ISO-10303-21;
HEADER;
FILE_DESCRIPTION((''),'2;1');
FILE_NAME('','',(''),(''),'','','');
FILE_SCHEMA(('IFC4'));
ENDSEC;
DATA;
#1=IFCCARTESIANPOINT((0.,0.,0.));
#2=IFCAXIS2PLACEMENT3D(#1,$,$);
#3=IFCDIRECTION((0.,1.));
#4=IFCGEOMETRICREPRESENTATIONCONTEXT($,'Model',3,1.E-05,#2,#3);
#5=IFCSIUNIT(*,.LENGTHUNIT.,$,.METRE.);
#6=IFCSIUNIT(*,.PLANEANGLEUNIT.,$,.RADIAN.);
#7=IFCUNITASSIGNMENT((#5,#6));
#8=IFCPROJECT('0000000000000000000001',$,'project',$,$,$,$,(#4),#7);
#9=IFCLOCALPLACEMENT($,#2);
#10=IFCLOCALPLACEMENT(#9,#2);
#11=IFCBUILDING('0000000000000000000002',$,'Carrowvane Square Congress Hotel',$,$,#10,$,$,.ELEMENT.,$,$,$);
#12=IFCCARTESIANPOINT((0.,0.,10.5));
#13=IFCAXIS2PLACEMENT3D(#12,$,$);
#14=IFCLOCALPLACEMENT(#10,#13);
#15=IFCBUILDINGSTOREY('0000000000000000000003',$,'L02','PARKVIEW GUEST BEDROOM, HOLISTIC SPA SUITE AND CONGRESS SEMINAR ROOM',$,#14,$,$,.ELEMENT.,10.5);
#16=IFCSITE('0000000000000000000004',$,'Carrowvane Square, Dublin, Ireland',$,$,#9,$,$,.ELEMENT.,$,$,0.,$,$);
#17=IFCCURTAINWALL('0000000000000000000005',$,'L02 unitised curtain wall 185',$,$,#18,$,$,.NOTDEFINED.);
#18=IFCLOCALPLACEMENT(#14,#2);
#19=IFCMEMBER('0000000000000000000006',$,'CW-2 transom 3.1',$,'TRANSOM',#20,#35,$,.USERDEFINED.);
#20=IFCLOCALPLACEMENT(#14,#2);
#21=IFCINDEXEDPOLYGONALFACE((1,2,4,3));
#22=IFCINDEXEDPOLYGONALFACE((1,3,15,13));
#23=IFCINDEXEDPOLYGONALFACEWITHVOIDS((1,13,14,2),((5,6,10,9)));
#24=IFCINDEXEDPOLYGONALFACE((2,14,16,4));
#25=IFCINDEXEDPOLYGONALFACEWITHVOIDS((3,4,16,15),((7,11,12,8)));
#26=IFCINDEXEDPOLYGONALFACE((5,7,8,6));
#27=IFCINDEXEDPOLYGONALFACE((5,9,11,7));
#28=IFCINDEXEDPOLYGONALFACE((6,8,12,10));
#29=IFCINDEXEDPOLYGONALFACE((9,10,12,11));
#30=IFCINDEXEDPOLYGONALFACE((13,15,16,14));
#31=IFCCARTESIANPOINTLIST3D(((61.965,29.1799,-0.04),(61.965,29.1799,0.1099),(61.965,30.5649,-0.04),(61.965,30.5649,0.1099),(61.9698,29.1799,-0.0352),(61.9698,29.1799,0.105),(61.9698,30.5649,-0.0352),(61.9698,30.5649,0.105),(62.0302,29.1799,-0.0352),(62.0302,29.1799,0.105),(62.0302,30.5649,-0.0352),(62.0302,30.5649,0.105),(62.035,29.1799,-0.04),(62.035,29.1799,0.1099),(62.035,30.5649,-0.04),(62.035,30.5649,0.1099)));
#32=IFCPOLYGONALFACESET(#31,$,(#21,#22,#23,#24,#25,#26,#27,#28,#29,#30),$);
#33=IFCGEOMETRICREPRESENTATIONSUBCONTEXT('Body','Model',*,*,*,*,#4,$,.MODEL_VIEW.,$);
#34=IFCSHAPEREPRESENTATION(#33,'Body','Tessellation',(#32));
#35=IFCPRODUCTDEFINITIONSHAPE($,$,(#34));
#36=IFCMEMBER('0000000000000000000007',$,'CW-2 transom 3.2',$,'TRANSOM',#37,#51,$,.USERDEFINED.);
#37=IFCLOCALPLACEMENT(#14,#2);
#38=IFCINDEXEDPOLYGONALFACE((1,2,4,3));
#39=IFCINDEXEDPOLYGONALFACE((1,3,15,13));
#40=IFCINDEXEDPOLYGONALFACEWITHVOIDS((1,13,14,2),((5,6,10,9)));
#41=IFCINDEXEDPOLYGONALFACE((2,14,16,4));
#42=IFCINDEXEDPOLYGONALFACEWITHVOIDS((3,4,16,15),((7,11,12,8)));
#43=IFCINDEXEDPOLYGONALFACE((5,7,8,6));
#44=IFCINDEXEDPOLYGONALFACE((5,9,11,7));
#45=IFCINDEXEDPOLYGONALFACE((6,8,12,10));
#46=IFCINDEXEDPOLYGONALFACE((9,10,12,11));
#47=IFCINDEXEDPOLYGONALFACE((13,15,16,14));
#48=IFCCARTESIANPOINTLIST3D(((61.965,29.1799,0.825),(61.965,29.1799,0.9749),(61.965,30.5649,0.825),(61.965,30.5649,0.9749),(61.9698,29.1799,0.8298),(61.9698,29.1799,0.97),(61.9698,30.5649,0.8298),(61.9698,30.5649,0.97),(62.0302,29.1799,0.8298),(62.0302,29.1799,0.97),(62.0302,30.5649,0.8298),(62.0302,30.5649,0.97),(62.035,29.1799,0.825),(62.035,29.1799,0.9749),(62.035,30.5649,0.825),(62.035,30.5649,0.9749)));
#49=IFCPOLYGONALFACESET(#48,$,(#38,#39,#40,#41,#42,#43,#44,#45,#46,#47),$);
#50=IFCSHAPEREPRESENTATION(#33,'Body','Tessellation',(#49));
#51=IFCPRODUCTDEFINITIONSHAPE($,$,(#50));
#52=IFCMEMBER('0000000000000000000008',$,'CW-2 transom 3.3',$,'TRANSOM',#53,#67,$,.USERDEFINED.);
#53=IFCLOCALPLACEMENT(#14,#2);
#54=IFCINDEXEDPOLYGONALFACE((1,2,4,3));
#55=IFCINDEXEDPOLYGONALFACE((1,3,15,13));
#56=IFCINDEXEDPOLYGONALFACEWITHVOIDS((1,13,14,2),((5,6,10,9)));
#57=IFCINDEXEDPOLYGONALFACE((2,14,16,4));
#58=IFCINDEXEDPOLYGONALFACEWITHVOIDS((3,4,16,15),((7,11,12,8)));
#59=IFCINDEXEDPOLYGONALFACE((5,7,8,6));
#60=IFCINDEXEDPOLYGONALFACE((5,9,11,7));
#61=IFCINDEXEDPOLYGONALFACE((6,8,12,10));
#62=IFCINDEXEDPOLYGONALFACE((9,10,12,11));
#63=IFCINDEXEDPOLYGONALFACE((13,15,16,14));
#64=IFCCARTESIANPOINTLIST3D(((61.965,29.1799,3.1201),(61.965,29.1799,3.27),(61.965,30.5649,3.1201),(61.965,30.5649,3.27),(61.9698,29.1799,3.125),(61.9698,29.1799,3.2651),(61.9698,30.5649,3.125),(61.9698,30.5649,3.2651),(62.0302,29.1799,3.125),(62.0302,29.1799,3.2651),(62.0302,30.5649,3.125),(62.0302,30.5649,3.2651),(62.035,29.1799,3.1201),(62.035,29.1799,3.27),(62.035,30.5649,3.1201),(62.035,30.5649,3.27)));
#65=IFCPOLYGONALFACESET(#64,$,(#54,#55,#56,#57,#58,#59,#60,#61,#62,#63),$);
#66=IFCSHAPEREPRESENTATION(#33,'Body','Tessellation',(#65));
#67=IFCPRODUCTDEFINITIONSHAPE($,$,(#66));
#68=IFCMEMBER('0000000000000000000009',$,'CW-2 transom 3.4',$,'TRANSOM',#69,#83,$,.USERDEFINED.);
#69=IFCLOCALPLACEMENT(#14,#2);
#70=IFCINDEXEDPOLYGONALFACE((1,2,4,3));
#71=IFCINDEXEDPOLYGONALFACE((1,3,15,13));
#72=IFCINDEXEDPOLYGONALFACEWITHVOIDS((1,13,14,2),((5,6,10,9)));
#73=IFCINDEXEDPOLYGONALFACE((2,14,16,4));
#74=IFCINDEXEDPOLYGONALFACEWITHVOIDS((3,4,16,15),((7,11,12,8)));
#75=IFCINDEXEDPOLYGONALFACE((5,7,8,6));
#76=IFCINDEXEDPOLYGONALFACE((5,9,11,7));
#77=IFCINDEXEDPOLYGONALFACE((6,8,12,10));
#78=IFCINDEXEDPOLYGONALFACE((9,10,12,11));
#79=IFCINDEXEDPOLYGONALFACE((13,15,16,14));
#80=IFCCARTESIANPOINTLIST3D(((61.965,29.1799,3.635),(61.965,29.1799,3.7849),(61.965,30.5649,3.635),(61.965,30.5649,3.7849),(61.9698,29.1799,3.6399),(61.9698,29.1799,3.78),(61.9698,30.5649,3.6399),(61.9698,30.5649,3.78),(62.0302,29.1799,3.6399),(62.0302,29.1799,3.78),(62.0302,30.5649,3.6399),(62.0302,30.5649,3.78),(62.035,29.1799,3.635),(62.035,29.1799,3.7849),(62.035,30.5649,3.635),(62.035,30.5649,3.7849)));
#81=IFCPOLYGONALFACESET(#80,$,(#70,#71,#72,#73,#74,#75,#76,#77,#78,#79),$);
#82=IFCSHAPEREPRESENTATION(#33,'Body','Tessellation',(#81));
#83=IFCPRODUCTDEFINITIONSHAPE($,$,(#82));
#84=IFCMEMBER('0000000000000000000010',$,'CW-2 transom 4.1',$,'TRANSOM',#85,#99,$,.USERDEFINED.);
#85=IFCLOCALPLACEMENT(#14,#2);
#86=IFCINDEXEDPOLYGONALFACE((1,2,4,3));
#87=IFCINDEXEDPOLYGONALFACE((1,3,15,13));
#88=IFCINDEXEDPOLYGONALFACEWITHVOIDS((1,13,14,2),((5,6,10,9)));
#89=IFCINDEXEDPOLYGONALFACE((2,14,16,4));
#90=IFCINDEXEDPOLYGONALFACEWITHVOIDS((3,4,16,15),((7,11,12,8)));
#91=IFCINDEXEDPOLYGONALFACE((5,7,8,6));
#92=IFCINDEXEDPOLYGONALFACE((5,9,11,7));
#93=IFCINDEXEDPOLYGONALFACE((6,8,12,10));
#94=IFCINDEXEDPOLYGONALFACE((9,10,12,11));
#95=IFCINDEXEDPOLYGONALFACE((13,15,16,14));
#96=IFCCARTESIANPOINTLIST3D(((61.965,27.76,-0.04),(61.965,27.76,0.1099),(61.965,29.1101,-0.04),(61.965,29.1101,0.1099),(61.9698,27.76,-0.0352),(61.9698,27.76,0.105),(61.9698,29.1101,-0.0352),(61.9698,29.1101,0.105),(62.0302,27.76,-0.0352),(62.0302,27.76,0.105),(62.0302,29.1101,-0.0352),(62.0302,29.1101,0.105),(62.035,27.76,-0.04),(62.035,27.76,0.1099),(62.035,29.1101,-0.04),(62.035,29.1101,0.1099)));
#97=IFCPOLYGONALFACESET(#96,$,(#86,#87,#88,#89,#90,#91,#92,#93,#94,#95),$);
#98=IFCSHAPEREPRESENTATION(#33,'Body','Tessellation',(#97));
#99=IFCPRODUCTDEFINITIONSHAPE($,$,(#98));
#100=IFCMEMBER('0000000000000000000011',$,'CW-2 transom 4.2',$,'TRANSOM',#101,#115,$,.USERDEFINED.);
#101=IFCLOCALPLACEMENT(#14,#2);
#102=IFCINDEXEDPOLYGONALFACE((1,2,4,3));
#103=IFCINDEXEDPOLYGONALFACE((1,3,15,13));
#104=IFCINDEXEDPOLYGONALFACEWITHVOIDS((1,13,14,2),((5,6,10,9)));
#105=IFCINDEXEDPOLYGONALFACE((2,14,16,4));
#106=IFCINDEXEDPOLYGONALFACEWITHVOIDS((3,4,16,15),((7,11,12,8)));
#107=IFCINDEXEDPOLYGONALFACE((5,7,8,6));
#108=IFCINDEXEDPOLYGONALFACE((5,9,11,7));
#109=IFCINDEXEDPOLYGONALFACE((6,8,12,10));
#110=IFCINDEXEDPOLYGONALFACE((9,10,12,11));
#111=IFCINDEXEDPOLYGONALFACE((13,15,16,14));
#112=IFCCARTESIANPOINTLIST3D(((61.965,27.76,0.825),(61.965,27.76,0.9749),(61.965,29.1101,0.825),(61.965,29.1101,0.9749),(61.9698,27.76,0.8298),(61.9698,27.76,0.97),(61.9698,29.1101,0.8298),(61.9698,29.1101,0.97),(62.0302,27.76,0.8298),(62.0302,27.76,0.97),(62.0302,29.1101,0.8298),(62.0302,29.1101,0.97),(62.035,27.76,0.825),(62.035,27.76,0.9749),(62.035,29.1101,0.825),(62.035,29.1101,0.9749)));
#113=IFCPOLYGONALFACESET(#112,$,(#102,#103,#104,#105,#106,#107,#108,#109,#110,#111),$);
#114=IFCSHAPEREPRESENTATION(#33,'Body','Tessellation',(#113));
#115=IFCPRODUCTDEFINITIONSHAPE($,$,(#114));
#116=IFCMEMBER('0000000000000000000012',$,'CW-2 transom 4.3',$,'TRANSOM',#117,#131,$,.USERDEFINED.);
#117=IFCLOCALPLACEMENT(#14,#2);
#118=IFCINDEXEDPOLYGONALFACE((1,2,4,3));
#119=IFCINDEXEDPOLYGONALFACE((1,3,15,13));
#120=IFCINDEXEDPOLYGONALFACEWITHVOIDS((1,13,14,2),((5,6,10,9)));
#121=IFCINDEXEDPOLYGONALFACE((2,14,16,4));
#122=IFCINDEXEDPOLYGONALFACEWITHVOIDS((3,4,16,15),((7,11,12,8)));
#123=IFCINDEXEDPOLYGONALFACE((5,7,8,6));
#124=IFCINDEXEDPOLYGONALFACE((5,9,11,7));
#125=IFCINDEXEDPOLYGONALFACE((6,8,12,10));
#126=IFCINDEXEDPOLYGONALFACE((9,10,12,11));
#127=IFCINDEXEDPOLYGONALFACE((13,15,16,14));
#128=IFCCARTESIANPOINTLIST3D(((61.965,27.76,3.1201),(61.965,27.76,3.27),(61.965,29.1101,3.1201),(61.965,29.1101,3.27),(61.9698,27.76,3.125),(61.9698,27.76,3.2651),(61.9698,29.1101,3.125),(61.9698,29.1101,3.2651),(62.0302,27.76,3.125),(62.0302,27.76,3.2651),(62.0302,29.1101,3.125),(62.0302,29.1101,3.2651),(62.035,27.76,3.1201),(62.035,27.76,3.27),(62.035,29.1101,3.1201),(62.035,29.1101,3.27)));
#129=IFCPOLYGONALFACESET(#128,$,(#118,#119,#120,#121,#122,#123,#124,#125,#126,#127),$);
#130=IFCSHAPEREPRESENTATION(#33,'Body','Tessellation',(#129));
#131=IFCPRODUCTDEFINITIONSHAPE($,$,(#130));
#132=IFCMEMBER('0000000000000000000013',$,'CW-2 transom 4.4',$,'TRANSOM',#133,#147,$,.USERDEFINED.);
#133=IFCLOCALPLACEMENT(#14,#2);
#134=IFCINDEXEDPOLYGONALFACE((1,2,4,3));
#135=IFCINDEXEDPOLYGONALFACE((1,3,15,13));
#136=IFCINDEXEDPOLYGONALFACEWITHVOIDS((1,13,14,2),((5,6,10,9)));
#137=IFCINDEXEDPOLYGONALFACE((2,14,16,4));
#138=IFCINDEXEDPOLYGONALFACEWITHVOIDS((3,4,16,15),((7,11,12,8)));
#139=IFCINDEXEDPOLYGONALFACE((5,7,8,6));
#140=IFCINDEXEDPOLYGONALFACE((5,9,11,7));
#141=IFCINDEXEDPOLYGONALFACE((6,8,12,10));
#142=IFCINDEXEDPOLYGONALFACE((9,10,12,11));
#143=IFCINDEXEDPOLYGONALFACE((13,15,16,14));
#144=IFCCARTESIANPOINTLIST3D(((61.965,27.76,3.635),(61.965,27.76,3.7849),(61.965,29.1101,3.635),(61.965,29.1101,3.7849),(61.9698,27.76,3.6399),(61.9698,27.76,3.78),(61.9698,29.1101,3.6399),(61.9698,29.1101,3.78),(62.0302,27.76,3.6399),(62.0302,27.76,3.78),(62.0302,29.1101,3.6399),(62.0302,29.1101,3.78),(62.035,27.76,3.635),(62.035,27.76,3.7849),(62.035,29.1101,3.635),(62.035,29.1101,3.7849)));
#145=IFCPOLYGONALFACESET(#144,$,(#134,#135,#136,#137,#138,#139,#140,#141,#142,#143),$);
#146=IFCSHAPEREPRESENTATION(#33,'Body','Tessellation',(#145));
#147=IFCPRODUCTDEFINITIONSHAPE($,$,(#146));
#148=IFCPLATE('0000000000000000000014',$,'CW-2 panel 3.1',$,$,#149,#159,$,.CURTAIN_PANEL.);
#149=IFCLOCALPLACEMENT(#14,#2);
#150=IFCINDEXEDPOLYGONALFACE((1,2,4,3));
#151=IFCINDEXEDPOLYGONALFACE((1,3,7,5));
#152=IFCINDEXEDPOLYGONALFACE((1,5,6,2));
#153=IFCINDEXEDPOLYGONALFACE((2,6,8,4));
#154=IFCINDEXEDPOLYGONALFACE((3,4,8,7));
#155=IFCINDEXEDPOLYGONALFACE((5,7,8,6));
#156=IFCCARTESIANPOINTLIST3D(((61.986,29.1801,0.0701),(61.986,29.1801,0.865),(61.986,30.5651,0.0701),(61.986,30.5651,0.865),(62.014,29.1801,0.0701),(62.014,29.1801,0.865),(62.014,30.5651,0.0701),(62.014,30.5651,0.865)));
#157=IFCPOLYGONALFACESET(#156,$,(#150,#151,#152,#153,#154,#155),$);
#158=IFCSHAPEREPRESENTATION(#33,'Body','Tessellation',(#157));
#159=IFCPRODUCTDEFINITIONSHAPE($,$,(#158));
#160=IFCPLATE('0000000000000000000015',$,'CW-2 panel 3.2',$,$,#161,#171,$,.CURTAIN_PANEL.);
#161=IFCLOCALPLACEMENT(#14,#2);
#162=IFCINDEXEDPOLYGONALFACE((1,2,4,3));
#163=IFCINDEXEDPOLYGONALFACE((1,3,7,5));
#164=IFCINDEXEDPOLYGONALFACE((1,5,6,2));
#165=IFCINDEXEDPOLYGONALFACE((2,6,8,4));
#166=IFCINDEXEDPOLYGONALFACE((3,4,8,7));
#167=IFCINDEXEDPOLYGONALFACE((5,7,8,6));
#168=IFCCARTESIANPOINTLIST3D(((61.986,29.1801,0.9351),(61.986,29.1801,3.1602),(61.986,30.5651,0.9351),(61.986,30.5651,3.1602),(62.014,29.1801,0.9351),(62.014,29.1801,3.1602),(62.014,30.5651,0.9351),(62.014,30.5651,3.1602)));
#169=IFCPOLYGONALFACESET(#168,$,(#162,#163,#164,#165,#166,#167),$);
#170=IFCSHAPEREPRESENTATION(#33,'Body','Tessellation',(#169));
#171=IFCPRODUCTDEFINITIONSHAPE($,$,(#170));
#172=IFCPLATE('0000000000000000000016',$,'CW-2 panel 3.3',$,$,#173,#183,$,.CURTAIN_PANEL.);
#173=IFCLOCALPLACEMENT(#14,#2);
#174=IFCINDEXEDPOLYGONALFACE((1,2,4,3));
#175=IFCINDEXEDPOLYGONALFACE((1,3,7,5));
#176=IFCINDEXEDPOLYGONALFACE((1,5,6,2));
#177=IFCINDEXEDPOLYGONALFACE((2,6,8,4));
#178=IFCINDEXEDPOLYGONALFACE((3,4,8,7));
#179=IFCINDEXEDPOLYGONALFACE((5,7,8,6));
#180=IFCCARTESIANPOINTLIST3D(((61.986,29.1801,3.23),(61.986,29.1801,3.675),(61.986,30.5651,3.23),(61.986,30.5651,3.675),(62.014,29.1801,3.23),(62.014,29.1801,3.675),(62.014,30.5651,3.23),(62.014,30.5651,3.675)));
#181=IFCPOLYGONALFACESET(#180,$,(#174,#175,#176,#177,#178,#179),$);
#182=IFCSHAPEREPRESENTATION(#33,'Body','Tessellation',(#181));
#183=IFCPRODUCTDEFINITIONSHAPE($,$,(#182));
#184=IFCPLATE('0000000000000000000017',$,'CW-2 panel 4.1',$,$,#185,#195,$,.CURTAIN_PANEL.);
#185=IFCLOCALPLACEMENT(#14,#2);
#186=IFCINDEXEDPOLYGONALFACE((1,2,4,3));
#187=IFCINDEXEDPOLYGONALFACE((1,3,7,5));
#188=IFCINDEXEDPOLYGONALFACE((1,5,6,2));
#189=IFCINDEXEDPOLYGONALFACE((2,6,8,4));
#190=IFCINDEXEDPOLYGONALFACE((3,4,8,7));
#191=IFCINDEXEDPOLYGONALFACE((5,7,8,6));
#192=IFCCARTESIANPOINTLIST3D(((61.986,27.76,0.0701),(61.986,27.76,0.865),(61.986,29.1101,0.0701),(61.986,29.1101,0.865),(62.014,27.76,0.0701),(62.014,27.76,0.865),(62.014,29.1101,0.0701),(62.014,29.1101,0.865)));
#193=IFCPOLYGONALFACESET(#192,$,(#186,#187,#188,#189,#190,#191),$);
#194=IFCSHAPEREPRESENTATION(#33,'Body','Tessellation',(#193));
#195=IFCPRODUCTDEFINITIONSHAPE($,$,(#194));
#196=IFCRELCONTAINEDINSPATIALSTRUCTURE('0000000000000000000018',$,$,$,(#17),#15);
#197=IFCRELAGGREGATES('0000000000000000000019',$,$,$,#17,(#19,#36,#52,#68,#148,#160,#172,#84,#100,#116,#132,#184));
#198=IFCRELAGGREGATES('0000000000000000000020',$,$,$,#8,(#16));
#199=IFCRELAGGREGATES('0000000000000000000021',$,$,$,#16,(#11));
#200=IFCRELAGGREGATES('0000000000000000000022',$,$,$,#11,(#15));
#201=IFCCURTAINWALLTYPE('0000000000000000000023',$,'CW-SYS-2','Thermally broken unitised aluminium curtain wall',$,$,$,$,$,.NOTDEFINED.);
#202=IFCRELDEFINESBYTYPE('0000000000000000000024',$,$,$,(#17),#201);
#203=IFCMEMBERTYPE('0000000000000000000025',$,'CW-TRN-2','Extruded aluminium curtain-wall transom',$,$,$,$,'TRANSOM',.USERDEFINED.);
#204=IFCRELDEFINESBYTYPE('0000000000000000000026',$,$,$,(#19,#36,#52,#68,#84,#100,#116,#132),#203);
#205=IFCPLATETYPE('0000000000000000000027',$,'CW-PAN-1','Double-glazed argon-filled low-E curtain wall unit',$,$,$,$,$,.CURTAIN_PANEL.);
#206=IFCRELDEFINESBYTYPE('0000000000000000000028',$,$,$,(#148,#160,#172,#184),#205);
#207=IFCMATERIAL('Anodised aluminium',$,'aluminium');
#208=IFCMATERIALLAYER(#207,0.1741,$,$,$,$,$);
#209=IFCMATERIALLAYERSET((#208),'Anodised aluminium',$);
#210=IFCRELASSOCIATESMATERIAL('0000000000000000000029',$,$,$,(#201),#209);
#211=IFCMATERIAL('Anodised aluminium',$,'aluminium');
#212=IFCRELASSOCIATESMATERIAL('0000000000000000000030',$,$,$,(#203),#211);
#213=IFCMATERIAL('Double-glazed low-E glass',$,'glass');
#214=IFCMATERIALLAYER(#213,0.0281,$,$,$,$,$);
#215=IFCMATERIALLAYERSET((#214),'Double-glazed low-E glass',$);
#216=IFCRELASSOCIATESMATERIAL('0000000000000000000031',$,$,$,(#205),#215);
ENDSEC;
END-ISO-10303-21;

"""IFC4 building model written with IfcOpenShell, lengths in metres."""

from ifc_helpers import new_model, si_unit, direction, frame, origin, origin_2d, place, context, subcontext, project, spatial, rectangle, hollow_rectangle, extrude, material, layer, layer_set, material_profile, profile_set, type_object, element, aggregate, save


model = new_model("IFC4")

# Units and contexts
model_context = context("Model", 3, precision=1e-05, world=origin(), true_north=direction((0.0, 1.0)))
body_context = subcontext(model_context, "Body", "Model", "MODEL_VIEW")
ifc_project = project(units=[si_unit("LENGTHUNIT", "METRE"), si_unit("PLANEANGLEUNIT", "RADIAN")], contexts=[model_context])

# Site, building, storey
site_placement = place(None, origin())
site = spatial("IfcSite", under=ifc_project, at=site_placement, Name="Carrowvane Square, Dublin, Ireland", CompositionType="ELEMENT", RefElevation=0.0)
building_placement = place(site_placement, origin())
building = spatial("IfcBuilding", under=site, at=building_placement, Name="Carrowvane Square Congress Hotel", CompositionType="ELEMENT")
storey_placement = place(building_placement, frame((0.0, 0.0, 10.5)))
storey = spatial("IfcBuildingStorey", under=building, at=storey_placement, Name="L02", Description="PARKVIEW GUEST BEDROOM, HOLISTIC SPA SUITE AND CONGRESS SEMINAR ROOM", CompositionType="ELEMENT", Elevation=10.5)

# Curtain wall
ifc_material_1 = material(Name="Anodised aluminium", Category="aluminium")
ifc_layer_1 = layer(ifc_material_1, 0.1741)
ifc_layer_set_1 = layer_set([ifc_layer_1], Name="Anodised aluminium")
curtain_wall_type_1 = type_object("IfcCurtainWallType", Name="CW-SYS-2", Description="Thermally broken unitised aluminium curtain wall", PredefinedType="NOTDEFINED", material=ifc_layer_set_1)
curtain_wall_1_placement = place(storey_placement, origin())
curtain_wall_1 = element("IfcCurtainWall", 1, at=curtain_wall_1_placement, inside=storey, type_object=curtain_wall_type_1, Name="L02 unitised curtain wall 185", PredefinedType="NOTDEFINED")

# Members
ifc_material_2 = material(Name="Anodised aluminium", Category="aluminium")
ifc_material_profile_1 = material_profile(ifc_material_2, hollow_rectangle(XDim=0.0701, YDim=0.1499, WallThickness=0.0049, at=origin_2d()), Name="CW-TR 70x150x5")
ifc_profile_set_1 = profile_set([ifc_material_profile_1], Name="Anodised aluminium")
member_type_1 = type_object("IfcMemberType", Name="CW-TRN-2", Description="Extruded aluminium curtain-wall transom", ElementType="TRANSOM", PredefinedType="USERDEFINED", material=ifc_profile_set_1)
member_1_placement = place(storey_placement, frame((62.0, 30.5649, 0.0349), z_axis=(0.0, -1.0, 0.0), x_axis=(1.0, 0.0, 0.0)))
member_1 = element("IfcMember", 2, at=member_1_placement, type_object=member_type_1, Name="CW-2 transom 3.1", ObjectType="TRANSOM", PredefinedType="USERDEFINED", context=body_context, shape_type="SweptSolid", body=[
    extrude(hollow_rectangle(XDim=0.0701, YDim=0.1499, WallThickness=0.0049, at=origin_2d()), origin(), (0.0, 0.0, 1.0), 1.385),
])
member_2_placement = place(storey_placement, frame((62.0, 30.5649, 0.8999), z_axis=(0.0, -1.0, 0.0), x_axis=(1.0, 0.0, 0.0)))
member_2 = element("IfcMember", 3, at=member_2_placement, type_object=member_type_1, Name="CW-2 transom 3.2", ObjectType="TRANSOM", PredefinedType="USERDEFINED", context=body_context, shape_type="SweptSolid", body=[
    extrude(hollow_rectangle(XDim=0.0701, YDim=0.1499, WallThickness=0.0049, at=origin_2d()), origin(), (0.0, 0.0, 1.0), 1.385),
])
member_3_placement = place(storey_placement, frame((62.0, 30.5649, 3.1951), z_axis=(0.0, -1.0, 0.0), x_axis=(1.0, 0.0, 0.0)))
member_3 = element("IfcMember", 4, at=member_3_placement, type_object=member_type_1, Name="CW-2 transom 3.3", ObjectType="TRANSOM", PredefinedType="USERDEFINED", context=body_context, shape_type="SweptSolid", body=[
    extrude(hollow_rectangle(XDim=0.0701, YDim=0.1499, WallThickness=0.0049, at=origin_2d()), origin(), (0.0, 0.0, 1.0), 1.385),
])
member_4_placement = place(storey_placement, frame((62.0, 30.5649, 3.71), z_axis=(0.0, -1.0, 0.0), x_axis=(1.0, 0.0, 0.0)))
member_4 = element("IfcMember", 5, at=member_4_placement, type_object=member_type_1, Name="CW-2 transom 3.4", ObjectType="TRANSOM", PredefinedType="USERDEFINED", context=body_context, shape_type="SweptSolid", body=[
    extrude(hollow_rectangle(XDim=0.0701, YDim=0.1499, WallThickness=0.0049, at=origin_2d()), origin(), (0.0, 0.0, 1.0), 1.385),
])
member_5_placement = place(storey_placement, frame((62.0, 29.1101, 0.0349), z_axis=(0.0, -1.0, 0.0), x_axis=(1.0, 0.0, 0.0)))
member_5 = element("IfcMember", 6, at=member_5_placement, type_object=member_type_1, Name="CW-2 transom 4.1", ObjectType="TRANSOM", PredefinedType="USERDEFINED", context=body_context, shape_type="SweptSolid", body=[
    extrude(hollow_rectangle(XDim=0.0701, YDim=0.1499, WallThickness=0.0049, at=origin_2d()), origin(), (0.0, 0.0, 1.0), 1.3501),
])
member_6_placement = place(storey_placement, frame((62.0, 29.1101, 0.8999), z_axis=(0.0, -1.0, 0.0), x_axis=(1.0, 0.0, 0.0)))
member_6 = element("IfcMember", 7, at=member_6_placement, type_object=member_type_1, Name="CW-2 transom 4.2", ObjectType="TRANSOM", PredefinedType="USERDEFINED", context=body_context, shape_type="SweptSolid", body=[
    extrude(hollow_rectangle(XDim=0.0701, YDim=0.1499, WallThickness=0.0049, at=origin_2d()), origin(), (0.0, 0.0, 1.0), 1.3501),
])
member_7_placement = place(storey_placement, frame((62.0, 29.1101, 3.1951), z_axis=(0.0, -1.0, 0.0), x_axis=(1.0, 0.0, 0.0)))
member_7 = element("IfcMember", 8, at=member_7_placement, type_object=member_type_1, Name="CW-2 transom 4.3", ObjectType="TRANSOM", PredefinedType="USERDEFINED", context=body_context, shape_type="SweptSolid", body=[
    extrude(hollow_rectangle(XDim=0.0701, YDim=0.1499, WallThickness=0.0049, at=origin_2d()), origin(), (0.0, 0.0, 1.0), 1.3501),
])
member_8_placement = place(storey_placement, frame((62.0, 29.1101, 3.71), z_axis=(0.0, -1.0, 0.0), x_axis=(1.0, 0.0, 0.0)))
member_8 = element("IfcMember", 9, at=member_8_placement, type_object=member_type_1, Name="CW-2 transom 4.4", ObjectType="TRANSOM", PredefinedType="USERDEFINED", context=body_context, shape_type="SweptSolid", body=[
    extrude(hollow_rectangle(XDim=0.0701, YDim=0.1499, WallThickness=0.0049, at=origin_2d()), origin(), (0.0, 0.0, 1.0), 1.3501),
])

# Plates
ifc_material_3 = material(Name="Double-glazed low-E glass", Category="glass")
ifc_layer_2 = layer(ifc_material_3, 0.0281)
ifc_layer_set_2 = layer_set([ifc_layer_2], Name="Double-glazed low-E glass")
plate_type = type_object("IfcPlateType", Name="CW-PAN-1", Description="Double-glazed argon-filled low-E curtain wall unit", PredefinedType="CURTAIN_PANEL", material=ifc_layer_set_2)
plate_1_placement = place(storey_placement, frame((62.0, 29.8726, 0.0701), z_axis=(0.0, 0.0, 1.0), x_axis=(0.0, -1.0, 0.0)))
plate_1 = element("IfcPlate", 10, at=plate_1_placement, type_object=plate_type, Name="CW-2 panel 3.1", PredefinedType="CURTAIN_PANEL", context=body_context, shape_type="SweptSolid", body=[
    extrude(rectangle(XDim=1.385, YDim=0.0281, at=origin_2d()), origin(), (0.0, 0.0, 1.0), 0.7949),
])
plate_2_placement = place(storey_placement, frame((62.0, 29.8726, 0.9351), z_axis=(0.0, 0.0, 1.0), x_axis=(0.0, -1.0, 0.0)))
plate_2 = element("IfcPlate", 11, at=plate_2_placement, type_object=plate_type, Name="CW-2 panel 3.2", PredefinedType="CURTAIN_PANEL", context=body_context, shape_type="SweptSolid", body=[
    extrude(rectangle(XDim=1.385, YDim=0.0281, at=origin_2d()), origin(), (0.0, 0.0, 1.0), 2.2251),
])
plate_3_placement = place(storey_placement, frame((62.0, 29.8726, 3.23), z_axis=(0.0, 0.0, 1.0), x_axis=(0.0, -1.0, 0.0)))
plate_3 = element("IfcPlate", 12, at=plate_3_placement, type_object=plate_type, Name="CW-2 panel 3.3", PredefinedType="CURTAIN_PANEL", context=body_context, shape_type="SweptSolid", body=[
    extrude(rectangle(XDim=1.385, YDim=0.0281, at=origin_2d()), origin(), (0.0, 0.0, 1.0), 0.4451),
])
plate_4_placement = place(storey_placement, frame((62.0, 28.4351, 0.0701), z_axis=(0.0, 0.0, 1.0), x_axis=(0.0, -1.0, 0.0)))
plate_4 = element("IfcPlate", 13, at=plate_4_placement, type_object=plate_type, Name="CW-2 panel 4.1", PredefinedType="CURTAIN_PANEL", context=body_context, shape_type="SweptSolid", body=[
    extrude(rectangle(XDim=1.3501, YDim=0.0281, at=origin_2d()), origin(), (0.0, 0.0, 1.0), 0.7949),
])
aggregate(curtain_wall_1, [member_1, member_2, member_3, member_4, plate_1, plate_2, plate_3, member_5, member_6, member_7, member_8, plate_4])

save(model, "model.ifc")
